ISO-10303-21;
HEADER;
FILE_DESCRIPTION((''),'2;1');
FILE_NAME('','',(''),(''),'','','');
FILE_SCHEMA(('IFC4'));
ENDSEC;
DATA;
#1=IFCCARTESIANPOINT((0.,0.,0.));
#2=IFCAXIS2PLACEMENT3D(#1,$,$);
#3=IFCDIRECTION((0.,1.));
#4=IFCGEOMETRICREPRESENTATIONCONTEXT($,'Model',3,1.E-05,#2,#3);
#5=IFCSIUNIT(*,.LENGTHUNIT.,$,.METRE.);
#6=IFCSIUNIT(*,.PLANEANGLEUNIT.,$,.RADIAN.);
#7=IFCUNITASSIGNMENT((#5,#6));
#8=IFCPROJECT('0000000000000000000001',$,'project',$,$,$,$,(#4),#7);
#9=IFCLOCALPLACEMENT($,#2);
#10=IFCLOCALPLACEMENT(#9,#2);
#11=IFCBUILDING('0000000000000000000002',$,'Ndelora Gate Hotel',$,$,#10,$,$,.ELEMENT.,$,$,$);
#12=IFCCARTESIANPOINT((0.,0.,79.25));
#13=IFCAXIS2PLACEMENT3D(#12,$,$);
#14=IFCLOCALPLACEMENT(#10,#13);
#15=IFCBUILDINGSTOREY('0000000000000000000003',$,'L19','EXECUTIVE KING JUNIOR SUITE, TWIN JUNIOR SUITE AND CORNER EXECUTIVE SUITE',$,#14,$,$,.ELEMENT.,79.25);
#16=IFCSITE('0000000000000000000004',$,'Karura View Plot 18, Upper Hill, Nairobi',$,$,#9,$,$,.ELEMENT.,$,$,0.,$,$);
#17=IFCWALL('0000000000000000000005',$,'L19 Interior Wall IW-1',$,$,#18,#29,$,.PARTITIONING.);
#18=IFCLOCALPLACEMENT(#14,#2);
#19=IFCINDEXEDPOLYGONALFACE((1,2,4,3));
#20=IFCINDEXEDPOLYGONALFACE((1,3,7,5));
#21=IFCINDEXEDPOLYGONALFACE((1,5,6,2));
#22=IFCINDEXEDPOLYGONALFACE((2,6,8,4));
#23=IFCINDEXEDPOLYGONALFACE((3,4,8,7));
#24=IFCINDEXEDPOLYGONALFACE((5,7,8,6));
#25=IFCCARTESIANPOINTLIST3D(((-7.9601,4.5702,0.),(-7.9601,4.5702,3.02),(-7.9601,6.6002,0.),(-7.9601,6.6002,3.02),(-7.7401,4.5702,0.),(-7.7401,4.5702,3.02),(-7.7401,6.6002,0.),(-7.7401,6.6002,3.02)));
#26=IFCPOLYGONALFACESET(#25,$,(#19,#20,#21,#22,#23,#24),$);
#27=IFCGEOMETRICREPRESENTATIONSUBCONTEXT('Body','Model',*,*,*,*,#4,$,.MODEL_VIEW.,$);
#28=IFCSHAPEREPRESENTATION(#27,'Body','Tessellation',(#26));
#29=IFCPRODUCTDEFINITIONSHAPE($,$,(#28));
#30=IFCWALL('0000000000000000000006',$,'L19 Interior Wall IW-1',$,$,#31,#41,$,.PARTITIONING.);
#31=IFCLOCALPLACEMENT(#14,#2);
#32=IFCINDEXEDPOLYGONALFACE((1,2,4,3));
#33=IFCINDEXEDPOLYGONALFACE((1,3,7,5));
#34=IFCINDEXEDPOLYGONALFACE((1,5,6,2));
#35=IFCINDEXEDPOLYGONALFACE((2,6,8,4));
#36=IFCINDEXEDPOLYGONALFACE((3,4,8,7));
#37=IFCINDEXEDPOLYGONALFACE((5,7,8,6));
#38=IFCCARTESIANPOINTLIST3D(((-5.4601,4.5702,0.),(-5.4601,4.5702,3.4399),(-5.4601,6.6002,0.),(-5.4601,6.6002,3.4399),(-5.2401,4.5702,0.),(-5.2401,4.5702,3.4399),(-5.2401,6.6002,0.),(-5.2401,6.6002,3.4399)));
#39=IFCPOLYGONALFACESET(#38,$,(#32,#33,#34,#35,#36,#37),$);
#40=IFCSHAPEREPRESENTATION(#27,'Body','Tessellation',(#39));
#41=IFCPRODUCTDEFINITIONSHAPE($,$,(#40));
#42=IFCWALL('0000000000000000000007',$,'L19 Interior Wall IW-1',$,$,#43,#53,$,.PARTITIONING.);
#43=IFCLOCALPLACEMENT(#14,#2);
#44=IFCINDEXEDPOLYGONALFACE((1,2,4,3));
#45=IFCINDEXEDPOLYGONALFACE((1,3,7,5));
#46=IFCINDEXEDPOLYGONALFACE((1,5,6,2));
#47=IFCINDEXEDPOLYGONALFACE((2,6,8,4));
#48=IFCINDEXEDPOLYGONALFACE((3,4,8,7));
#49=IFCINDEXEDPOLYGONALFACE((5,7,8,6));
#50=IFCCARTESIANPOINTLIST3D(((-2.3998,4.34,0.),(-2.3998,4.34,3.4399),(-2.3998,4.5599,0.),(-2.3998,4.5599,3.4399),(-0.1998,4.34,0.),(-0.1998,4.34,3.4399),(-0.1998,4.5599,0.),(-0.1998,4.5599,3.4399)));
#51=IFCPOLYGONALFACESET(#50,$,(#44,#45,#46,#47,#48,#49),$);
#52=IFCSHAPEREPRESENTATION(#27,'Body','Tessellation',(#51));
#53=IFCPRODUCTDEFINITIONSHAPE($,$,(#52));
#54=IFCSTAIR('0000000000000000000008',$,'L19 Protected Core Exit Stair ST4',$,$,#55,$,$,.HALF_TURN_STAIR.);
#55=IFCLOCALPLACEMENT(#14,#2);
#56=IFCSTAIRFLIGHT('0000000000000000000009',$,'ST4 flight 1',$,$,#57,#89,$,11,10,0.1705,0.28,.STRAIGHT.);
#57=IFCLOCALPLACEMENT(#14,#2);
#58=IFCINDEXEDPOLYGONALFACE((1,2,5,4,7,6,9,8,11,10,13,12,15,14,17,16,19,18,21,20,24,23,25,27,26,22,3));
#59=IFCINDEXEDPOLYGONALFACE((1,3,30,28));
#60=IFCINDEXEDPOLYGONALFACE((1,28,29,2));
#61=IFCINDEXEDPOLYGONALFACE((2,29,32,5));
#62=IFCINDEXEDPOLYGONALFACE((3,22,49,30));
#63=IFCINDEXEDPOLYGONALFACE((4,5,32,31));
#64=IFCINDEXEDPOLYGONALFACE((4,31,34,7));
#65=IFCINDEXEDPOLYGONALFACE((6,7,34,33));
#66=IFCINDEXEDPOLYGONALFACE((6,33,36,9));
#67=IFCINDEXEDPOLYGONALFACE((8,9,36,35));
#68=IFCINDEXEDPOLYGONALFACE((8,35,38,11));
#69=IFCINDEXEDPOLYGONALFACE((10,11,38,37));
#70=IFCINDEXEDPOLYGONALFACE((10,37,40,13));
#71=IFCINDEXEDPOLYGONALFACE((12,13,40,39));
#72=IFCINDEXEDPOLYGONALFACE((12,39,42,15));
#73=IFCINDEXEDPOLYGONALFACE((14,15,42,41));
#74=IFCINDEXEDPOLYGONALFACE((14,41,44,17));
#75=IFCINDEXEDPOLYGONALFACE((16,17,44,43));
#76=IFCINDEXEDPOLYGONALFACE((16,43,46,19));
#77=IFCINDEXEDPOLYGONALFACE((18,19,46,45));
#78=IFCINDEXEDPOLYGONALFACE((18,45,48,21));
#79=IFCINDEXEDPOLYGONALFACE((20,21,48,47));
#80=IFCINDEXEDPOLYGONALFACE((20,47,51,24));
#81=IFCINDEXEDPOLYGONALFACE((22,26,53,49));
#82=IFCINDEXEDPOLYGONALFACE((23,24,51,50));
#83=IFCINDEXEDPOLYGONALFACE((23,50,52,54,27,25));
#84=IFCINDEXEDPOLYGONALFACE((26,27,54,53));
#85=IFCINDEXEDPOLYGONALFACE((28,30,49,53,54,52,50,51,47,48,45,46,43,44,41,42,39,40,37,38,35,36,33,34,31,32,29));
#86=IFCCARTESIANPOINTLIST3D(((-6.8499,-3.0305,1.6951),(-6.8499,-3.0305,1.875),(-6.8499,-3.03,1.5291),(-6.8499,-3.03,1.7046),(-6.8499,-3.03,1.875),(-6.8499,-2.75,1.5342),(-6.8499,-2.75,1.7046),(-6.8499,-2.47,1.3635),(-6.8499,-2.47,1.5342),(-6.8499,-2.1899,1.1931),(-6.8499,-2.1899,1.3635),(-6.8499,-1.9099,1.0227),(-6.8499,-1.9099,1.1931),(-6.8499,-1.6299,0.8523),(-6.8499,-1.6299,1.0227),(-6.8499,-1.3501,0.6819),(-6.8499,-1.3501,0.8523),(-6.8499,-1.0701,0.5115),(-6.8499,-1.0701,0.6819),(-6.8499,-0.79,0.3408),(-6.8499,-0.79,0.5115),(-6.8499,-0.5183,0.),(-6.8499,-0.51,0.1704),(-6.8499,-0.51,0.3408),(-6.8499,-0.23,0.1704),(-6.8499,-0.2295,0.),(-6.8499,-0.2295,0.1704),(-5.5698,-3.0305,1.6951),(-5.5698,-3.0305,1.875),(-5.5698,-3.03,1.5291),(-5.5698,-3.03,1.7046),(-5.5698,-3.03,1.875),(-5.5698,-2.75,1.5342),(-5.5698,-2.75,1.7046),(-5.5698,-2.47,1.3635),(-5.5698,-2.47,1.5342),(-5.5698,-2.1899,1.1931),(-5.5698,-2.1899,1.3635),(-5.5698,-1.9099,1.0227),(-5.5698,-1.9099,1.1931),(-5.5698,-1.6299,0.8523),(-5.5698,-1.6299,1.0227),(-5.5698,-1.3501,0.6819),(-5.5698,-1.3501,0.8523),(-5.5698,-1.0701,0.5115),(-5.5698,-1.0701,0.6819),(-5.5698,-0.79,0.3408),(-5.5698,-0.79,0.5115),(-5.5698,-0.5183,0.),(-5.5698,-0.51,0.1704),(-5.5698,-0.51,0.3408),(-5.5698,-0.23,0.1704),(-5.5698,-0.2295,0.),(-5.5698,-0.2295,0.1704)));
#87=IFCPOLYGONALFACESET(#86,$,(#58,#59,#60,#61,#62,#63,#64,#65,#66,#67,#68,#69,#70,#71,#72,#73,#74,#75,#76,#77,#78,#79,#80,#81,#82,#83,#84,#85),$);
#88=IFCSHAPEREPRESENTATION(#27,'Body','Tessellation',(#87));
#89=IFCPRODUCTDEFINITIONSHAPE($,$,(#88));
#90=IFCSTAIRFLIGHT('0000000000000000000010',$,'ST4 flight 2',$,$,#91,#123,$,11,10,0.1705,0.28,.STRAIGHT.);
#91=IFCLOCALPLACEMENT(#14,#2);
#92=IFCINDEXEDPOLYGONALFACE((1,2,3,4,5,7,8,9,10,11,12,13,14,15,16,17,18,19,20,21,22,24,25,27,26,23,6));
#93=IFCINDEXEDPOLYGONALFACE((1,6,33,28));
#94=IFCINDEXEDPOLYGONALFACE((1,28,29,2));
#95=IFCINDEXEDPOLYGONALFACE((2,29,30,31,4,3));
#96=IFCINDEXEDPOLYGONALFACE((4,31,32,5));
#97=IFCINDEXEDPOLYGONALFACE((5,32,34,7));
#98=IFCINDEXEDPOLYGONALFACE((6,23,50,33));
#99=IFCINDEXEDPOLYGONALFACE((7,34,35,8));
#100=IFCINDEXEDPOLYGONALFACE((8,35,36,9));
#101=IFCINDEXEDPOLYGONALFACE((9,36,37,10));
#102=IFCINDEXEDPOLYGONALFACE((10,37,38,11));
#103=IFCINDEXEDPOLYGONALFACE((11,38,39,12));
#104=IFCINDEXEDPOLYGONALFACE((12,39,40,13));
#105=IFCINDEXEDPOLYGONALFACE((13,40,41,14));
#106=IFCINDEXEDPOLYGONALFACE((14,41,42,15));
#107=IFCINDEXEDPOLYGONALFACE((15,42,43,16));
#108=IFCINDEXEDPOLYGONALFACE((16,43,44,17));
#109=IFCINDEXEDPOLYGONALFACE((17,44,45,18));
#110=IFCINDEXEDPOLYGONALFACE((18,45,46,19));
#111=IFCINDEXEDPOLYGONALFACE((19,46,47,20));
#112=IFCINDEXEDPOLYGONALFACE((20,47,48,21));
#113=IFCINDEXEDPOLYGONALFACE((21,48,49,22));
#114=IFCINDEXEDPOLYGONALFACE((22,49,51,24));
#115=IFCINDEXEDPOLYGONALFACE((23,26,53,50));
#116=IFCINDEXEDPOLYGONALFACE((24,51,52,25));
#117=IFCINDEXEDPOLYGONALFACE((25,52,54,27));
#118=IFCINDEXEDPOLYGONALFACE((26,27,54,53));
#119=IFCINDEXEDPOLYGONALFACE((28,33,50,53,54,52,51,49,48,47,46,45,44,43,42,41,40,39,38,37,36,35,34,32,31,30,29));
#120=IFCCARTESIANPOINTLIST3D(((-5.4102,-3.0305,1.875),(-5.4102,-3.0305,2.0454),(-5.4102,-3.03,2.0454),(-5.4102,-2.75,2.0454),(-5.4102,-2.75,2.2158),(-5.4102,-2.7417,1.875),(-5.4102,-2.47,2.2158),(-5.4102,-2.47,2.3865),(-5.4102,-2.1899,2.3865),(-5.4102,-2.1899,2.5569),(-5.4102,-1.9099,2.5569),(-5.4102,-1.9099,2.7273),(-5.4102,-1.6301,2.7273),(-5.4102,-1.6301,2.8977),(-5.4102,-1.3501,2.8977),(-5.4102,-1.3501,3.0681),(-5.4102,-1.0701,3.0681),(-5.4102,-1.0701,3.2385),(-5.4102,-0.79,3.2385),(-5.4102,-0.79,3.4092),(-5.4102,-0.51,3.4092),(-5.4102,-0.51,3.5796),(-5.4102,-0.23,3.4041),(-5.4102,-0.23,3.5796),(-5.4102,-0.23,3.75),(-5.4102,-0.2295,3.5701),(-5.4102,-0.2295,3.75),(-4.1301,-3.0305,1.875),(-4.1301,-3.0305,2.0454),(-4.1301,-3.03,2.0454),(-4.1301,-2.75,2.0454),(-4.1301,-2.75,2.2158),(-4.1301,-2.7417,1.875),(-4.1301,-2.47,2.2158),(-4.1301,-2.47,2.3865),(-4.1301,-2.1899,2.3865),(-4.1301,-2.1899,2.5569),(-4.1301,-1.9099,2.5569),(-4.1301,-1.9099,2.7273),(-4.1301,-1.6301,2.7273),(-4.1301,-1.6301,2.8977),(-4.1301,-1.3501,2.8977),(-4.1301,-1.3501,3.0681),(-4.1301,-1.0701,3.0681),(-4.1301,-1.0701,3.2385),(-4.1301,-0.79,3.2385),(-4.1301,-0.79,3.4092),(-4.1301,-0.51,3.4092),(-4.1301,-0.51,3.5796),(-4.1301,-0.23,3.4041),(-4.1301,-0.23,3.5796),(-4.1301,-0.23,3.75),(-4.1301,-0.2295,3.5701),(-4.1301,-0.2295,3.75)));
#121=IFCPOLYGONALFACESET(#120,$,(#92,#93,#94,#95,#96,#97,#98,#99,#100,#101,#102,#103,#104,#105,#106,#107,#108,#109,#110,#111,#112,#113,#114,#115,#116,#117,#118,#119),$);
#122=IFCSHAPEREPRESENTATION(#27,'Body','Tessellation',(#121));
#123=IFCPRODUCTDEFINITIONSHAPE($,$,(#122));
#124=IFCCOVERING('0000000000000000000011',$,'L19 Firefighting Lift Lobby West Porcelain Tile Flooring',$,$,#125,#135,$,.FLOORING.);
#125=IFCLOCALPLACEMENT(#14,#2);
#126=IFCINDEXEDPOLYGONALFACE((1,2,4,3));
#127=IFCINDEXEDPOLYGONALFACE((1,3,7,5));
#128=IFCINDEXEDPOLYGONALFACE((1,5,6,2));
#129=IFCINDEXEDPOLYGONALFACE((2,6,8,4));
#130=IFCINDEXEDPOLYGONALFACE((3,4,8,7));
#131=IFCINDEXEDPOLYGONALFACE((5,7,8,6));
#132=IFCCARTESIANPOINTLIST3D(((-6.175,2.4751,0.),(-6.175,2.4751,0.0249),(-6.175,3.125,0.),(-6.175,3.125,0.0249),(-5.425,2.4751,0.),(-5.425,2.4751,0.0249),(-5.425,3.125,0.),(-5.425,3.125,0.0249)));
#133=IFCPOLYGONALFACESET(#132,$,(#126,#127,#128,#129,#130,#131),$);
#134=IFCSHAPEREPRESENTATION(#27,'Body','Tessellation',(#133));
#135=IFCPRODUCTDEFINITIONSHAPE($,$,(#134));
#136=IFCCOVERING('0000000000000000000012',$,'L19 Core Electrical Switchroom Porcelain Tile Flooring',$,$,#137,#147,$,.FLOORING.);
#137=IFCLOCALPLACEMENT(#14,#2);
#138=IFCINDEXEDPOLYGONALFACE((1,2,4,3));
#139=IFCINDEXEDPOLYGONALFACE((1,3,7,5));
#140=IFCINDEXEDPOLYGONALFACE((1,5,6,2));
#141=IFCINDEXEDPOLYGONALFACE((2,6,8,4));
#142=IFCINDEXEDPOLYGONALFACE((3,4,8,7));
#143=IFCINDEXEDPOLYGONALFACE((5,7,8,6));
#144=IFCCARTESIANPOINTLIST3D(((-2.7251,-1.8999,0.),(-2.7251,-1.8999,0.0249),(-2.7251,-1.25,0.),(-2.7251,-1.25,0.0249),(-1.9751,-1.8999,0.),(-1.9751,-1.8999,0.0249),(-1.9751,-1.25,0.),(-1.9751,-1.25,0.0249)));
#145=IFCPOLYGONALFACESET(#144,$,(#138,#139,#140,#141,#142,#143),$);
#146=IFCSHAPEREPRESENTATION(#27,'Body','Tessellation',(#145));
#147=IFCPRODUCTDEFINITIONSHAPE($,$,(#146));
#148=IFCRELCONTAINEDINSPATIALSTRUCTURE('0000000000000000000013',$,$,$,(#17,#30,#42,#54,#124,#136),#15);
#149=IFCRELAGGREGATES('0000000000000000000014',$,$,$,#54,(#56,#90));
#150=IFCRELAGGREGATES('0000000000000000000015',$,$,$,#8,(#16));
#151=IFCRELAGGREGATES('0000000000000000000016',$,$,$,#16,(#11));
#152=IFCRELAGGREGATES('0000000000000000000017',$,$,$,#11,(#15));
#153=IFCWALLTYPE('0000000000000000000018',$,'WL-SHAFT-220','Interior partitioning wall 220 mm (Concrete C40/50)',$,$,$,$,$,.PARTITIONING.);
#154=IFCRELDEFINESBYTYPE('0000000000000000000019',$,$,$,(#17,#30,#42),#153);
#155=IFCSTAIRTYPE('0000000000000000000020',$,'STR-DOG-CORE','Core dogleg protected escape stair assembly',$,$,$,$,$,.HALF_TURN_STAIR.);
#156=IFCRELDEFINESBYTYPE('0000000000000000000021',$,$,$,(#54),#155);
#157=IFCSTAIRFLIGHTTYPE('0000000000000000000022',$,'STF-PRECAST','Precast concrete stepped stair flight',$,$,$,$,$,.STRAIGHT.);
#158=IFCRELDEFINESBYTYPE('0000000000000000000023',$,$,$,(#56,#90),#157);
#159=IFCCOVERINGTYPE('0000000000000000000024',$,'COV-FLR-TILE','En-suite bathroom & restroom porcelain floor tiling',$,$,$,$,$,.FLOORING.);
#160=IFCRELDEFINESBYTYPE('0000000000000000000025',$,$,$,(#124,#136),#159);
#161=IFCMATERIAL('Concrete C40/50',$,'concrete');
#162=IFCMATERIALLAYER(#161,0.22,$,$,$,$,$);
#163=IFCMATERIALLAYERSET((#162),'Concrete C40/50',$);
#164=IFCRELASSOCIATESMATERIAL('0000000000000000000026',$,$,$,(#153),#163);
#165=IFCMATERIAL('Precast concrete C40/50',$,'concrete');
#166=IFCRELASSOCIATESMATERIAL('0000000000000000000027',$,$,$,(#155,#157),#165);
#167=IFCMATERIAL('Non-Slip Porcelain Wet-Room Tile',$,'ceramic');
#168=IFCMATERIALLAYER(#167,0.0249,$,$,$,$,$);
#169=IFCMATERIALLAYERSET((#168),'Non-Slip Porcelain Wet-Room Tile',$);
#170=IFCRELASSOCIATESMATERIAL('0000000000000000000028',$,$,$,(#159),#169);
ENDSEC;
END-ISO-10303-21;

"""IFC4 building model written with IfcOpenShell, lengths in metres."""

from ifc_helpers import new_model, si_unit, direction, frame, frame_2d, origin, origin_2d, place, context, subcontext, project, spatial, polyline, rectangle, outline, extrude, material, layer, layer_set, type_object, element, aggregate, save


model = new_model("IFC4")

# Units and contexts
model_context = context("Model", 3, precision=1e-05, world=origin(), true_north=direction((0.0, 1.0)))
body_context = subcontext(model_context, "Body", "Model", "MODEL_VIEW")
ifc_project = project(units=[si_unit("LENGTHUNIT", "METRE"), si_unit("PLANEANGLEUNIT", "RADIAN")], contexts=[model_context])

# Site, building, storey
site_placement = place(None, origin())
site = spatial("IfcSite", under=ifc_project, at=site_placement, Name="Karura View Plot 18, Upper Hill, Nairobi", CompositionType="ELEMENT", RefElevation=0.0)
building_placement = place(site_placement, origin())
building = spatial("IfcBuilding", under=site, at=building_placement, Name="Ndelora Gate Hotel", CompositionType="ELEMENT")
storey_placement = place(building_placement, frame((0.0, 0.0, 79.25)))
storey = spatial("IfcBuildingStorey", under=building, at=storey_placement, Name="L19", Description="EXECUTIVE KING JUNIOR SUITE, TWIN JUNIOR SUITE AND CORNER EXECUTIVE SUITE", CompositionType="ELEMENT", Elevation=79.25)

# Shared definitions
ifc_material_1 = material(Name="Concrete C40/50", Category="concrete")

# Walls
ifc_layer_1 = layer(ifc_material_1, 0.22)
ifc_layer_set_1 = layer_set([ifc_layer_1], Name="Concrete C40/50")
wall_type_1 = type_object("IfcWallType", Name="WL-SHAFT-220", Description="Interior partitioning wall 220 mm (Concrete C40/50)", PredefinedType="PARTITIONING", material=ifc_layer_set_1)
wall_1_placement = place(storey_placement, frame((-7.8501, 4.5701, 0.0), z_axis=(0.0, 0.0, 1.0), x_axis=(0.0, 1.0, 0.0)))
element("IfcWall", 1, at=wall_1_placement, inside=storey, type_object=wall_type_1, Name="L19 Interior Wall IW-1", PredefinedType="PARTITIONING", context=body_context, shape_type="SweptSolid", body=[
    extrude(rectangle(XDim=2.03, YDim=0.22, at=frame_2d((1.0151, 0.0))), origin(), (0.0, 0.0, 1.0), 3.02),
])
wall_2_placement = place(storey_placement, frame((-5.3501, 4.5701, 0.0), z_axis=(0.0, 0.0, 1.0), x_axis=(0.0, 1.0, 0.0)))
element("IfcWall", 2, at=wall_2_placement, inside=storey, type_object=wall_type_1, Name="L19 Interior Wall IW-1", PredefinedType="PARTITIONING", context=body_context, shape_type="SweptSolid", body=[
    extrude(rectangle(XDim=2.03, YDim=0.22, at=frame_2d((1.0151, 0.0))), origin(), (0.0, 0.0, 1.0), 3.4399),
])

# Wall
wall_3_placement = place(storey_placement, frame((-2.3999, 4.45, 0.0), z_axis=(0.0, 0.0, 1.0), x_axis=(1.0, 0.0, 0.0)))
element("IfcWall", 3, at=wall_3_placement, inside=storey, type_object=wall_type_1, Name="L19 Interior Wall IW-1", PredefinedType="PARTITIONING", context=body_context, shape_type="SweptSolid", body=[
    extrude(rectangle(XDim=2.2, YDim=0.22, at=frame_2d((1.1001, 0.0))), origin(), (0.0, 0.0, 1.0), 3.4399),
])

# Stair, stair flights
ifc_material_2 = material(Name="Precast concrete C40/50", Category="concrete")
stair_type = type_object("IfcStairType", Name="STR-DOG-CORE", Description="Core dogleg protected escape stair assembly", PredefinedType="HALF_TURN_STAIR", material=ifc_material_2)
stair_placement = place(storey_placement, origin())
stair = element("IfcStair", 4, at=stair_placement, inside=storey, type_object=stair_type, Name="L19 Protected Core Exit Stair ST4", PredefinedType="HALF_TURN_STAIR")
stair_flight_type = type_object("IfcStairFlightType", Name="STF-PRECAST", Description="Precast concrete stepped stair flight", PredefinedType="STRAIGHT", material=ifc_material_2)
stair_flight_1_placement = place(storey_placement, frame((-6.21, -0.23, 0.0), z_axis=(0.0, 0.0, 1.0), x_axis=(0.0, -1.0, 0.0)))
stair_flight_1 = element("IfcStairFlight", 5, at=stair_flight_1_placement, type_object=stair_flight_type, Name="ST4 flight 1", NumberOfRisers=11, NumberOfTreads=10, PredefinedType="STRAIGHT", RiserHeight=0.1705, TreadLength=0.28, context=body_context, shape_type="SweptSolid", body=[
    extrude(outline(polyline([(-0.0005, 0.0), (-0.0005, 0.1704), (0.0, 0.1704), (0.28, 0.1704), (0.28, 0.3408), (0.5601, 0.3408), (0.5601, 0.5115), (0.8401, 0.5115), (0.8401, 0.6819), (1.1201, 0.6819), (1.1201, 0.8523), (1.3999, 0.8523), (1.3999, 1.0227), (1.6799, 1.0227), (1.6799, 1.1931), (1.96, 1.1931), (1.96, 1.3635), (2.24, 1.3635), (2.24, 1.5342), (2.52, 1.5342), (2.52, 1.7046), (2.8, 1.7046), (2.8, 1.875), (2.8005, 1.875), (2.8005, 1.6951), (2.8, 1.5291), (0.2883, 0.0), (-0.0005, 0.0)])), frame((0.0, 0.6401, 0.0), z_axis=(0.0, -1.0, 0.0), x_axis=(1.0, 0.0, 0.0)), (0.0, 0.0, 1.0), 1.28),
])
stair_flight_2_placement = place(storey_placement, frame((-4.77, -3.03, 1.875), z_axis=(0.0, 0.0, 1.0), x_axis=(0.0, 1.0, 0.0)))
stair_flight_2 = element("IfcStairFlight", 6, at=stair_flight_2_placement, type_object=stair_flight_type, Name="ST4 flight 2", NumberOfRisers=11, NumberOfTreads=10, PredefinedType="STRAIGHT", RiserHeight=0.1705, TreadLength=0.28, context=body_context, shape_type="SweptSolid", body=[
    extrude(outline(polyline([(-0.0005, 0.0), (-0.0005, 0.1704), (0.0, 0.1704), (0.28, 0.1704), (0.28, 0.3408), (0.5601, 0.3408), (0.5601, 0.5115), (0.8401, 0.5115), (0.8401, 0.6819), (1.1201, 0.6819), (1.1201, 0.8523), (1.3999, 0.8523), (1.3999, 1.0227), (1.6799, 1.0227), (1.6799, 1.1931), (1.96, 1.1931), (1.96, 1.3635), (2.24, 1.3635), (2.24, 1.5342), (2.52, 1.5342), (2.52, 1.7046), (2.8, 1.7046), (2.8, 1.875), (2.8005, 1.875), (2.8005, 1.6951), (2.8, 1.5291), (0.2883, 0.0), (-0.0005, 0.0)])), frame((0.0, 0.6401, 0.0), z_axis=(0.0, -1.0, 0.0), x_axis=(1.0, 0.0, 0.0)), (0.0, 0.0, 1.0), 1.28),
])
aggregate(stair, [stair_flight_1, stair_flight_2])

# Coverings
ifc_material_3 = material(Name="Non-Slip Porcelain Wet-Room Tile", Category="ceramic")
ifc_layer_2 = layer(ifc_material_3, 0.0249)
ifc_layer_set_2 = layer_set([ifc_layer_2], Name="Non-Slip Porcelain Wet-Room Tile")
covering_type = type_object("IfcCoveringType", Name="COV-FLR-TILE", Description="En-suite bathroom & restroom porcelain floor tiling", PredefinedType="FLOORING", material=ifc_layer_set_2)
for number, where, z_axis, x_axis, name in (
    (7, (-5.8, 2.8, 0.0), (0.0, 0.0, 1.0), (1.0, 0.0, 0.0), "L19 Firefighting Lift Lobby West Porcelain Tile Flooring"),
    (8, (-2.3501, -1.575, 0.0), (0.0, 0.0, 1.0), (1.0, 0.0, 0.0), "L19 Core Electrical Switchroom Porcelain Tile Flooring"),
):
    element("IfcCovering", number, at=place(storey_placement, frame(where, z_axis=z_axis, x_axis=x_axis)), inside=storey, type_object=covering_type, Name=name, PredefinedType="FLOORING", context=body_context, shape_type="SweptSolid", body=[
        extrude(rectangle(XDim=0.75, YDim=0.6499, at=origin_2d()), origin(), (0.0, 0.0, 1.0), 0.0249),
    ])

save(model, "model.ifc")
